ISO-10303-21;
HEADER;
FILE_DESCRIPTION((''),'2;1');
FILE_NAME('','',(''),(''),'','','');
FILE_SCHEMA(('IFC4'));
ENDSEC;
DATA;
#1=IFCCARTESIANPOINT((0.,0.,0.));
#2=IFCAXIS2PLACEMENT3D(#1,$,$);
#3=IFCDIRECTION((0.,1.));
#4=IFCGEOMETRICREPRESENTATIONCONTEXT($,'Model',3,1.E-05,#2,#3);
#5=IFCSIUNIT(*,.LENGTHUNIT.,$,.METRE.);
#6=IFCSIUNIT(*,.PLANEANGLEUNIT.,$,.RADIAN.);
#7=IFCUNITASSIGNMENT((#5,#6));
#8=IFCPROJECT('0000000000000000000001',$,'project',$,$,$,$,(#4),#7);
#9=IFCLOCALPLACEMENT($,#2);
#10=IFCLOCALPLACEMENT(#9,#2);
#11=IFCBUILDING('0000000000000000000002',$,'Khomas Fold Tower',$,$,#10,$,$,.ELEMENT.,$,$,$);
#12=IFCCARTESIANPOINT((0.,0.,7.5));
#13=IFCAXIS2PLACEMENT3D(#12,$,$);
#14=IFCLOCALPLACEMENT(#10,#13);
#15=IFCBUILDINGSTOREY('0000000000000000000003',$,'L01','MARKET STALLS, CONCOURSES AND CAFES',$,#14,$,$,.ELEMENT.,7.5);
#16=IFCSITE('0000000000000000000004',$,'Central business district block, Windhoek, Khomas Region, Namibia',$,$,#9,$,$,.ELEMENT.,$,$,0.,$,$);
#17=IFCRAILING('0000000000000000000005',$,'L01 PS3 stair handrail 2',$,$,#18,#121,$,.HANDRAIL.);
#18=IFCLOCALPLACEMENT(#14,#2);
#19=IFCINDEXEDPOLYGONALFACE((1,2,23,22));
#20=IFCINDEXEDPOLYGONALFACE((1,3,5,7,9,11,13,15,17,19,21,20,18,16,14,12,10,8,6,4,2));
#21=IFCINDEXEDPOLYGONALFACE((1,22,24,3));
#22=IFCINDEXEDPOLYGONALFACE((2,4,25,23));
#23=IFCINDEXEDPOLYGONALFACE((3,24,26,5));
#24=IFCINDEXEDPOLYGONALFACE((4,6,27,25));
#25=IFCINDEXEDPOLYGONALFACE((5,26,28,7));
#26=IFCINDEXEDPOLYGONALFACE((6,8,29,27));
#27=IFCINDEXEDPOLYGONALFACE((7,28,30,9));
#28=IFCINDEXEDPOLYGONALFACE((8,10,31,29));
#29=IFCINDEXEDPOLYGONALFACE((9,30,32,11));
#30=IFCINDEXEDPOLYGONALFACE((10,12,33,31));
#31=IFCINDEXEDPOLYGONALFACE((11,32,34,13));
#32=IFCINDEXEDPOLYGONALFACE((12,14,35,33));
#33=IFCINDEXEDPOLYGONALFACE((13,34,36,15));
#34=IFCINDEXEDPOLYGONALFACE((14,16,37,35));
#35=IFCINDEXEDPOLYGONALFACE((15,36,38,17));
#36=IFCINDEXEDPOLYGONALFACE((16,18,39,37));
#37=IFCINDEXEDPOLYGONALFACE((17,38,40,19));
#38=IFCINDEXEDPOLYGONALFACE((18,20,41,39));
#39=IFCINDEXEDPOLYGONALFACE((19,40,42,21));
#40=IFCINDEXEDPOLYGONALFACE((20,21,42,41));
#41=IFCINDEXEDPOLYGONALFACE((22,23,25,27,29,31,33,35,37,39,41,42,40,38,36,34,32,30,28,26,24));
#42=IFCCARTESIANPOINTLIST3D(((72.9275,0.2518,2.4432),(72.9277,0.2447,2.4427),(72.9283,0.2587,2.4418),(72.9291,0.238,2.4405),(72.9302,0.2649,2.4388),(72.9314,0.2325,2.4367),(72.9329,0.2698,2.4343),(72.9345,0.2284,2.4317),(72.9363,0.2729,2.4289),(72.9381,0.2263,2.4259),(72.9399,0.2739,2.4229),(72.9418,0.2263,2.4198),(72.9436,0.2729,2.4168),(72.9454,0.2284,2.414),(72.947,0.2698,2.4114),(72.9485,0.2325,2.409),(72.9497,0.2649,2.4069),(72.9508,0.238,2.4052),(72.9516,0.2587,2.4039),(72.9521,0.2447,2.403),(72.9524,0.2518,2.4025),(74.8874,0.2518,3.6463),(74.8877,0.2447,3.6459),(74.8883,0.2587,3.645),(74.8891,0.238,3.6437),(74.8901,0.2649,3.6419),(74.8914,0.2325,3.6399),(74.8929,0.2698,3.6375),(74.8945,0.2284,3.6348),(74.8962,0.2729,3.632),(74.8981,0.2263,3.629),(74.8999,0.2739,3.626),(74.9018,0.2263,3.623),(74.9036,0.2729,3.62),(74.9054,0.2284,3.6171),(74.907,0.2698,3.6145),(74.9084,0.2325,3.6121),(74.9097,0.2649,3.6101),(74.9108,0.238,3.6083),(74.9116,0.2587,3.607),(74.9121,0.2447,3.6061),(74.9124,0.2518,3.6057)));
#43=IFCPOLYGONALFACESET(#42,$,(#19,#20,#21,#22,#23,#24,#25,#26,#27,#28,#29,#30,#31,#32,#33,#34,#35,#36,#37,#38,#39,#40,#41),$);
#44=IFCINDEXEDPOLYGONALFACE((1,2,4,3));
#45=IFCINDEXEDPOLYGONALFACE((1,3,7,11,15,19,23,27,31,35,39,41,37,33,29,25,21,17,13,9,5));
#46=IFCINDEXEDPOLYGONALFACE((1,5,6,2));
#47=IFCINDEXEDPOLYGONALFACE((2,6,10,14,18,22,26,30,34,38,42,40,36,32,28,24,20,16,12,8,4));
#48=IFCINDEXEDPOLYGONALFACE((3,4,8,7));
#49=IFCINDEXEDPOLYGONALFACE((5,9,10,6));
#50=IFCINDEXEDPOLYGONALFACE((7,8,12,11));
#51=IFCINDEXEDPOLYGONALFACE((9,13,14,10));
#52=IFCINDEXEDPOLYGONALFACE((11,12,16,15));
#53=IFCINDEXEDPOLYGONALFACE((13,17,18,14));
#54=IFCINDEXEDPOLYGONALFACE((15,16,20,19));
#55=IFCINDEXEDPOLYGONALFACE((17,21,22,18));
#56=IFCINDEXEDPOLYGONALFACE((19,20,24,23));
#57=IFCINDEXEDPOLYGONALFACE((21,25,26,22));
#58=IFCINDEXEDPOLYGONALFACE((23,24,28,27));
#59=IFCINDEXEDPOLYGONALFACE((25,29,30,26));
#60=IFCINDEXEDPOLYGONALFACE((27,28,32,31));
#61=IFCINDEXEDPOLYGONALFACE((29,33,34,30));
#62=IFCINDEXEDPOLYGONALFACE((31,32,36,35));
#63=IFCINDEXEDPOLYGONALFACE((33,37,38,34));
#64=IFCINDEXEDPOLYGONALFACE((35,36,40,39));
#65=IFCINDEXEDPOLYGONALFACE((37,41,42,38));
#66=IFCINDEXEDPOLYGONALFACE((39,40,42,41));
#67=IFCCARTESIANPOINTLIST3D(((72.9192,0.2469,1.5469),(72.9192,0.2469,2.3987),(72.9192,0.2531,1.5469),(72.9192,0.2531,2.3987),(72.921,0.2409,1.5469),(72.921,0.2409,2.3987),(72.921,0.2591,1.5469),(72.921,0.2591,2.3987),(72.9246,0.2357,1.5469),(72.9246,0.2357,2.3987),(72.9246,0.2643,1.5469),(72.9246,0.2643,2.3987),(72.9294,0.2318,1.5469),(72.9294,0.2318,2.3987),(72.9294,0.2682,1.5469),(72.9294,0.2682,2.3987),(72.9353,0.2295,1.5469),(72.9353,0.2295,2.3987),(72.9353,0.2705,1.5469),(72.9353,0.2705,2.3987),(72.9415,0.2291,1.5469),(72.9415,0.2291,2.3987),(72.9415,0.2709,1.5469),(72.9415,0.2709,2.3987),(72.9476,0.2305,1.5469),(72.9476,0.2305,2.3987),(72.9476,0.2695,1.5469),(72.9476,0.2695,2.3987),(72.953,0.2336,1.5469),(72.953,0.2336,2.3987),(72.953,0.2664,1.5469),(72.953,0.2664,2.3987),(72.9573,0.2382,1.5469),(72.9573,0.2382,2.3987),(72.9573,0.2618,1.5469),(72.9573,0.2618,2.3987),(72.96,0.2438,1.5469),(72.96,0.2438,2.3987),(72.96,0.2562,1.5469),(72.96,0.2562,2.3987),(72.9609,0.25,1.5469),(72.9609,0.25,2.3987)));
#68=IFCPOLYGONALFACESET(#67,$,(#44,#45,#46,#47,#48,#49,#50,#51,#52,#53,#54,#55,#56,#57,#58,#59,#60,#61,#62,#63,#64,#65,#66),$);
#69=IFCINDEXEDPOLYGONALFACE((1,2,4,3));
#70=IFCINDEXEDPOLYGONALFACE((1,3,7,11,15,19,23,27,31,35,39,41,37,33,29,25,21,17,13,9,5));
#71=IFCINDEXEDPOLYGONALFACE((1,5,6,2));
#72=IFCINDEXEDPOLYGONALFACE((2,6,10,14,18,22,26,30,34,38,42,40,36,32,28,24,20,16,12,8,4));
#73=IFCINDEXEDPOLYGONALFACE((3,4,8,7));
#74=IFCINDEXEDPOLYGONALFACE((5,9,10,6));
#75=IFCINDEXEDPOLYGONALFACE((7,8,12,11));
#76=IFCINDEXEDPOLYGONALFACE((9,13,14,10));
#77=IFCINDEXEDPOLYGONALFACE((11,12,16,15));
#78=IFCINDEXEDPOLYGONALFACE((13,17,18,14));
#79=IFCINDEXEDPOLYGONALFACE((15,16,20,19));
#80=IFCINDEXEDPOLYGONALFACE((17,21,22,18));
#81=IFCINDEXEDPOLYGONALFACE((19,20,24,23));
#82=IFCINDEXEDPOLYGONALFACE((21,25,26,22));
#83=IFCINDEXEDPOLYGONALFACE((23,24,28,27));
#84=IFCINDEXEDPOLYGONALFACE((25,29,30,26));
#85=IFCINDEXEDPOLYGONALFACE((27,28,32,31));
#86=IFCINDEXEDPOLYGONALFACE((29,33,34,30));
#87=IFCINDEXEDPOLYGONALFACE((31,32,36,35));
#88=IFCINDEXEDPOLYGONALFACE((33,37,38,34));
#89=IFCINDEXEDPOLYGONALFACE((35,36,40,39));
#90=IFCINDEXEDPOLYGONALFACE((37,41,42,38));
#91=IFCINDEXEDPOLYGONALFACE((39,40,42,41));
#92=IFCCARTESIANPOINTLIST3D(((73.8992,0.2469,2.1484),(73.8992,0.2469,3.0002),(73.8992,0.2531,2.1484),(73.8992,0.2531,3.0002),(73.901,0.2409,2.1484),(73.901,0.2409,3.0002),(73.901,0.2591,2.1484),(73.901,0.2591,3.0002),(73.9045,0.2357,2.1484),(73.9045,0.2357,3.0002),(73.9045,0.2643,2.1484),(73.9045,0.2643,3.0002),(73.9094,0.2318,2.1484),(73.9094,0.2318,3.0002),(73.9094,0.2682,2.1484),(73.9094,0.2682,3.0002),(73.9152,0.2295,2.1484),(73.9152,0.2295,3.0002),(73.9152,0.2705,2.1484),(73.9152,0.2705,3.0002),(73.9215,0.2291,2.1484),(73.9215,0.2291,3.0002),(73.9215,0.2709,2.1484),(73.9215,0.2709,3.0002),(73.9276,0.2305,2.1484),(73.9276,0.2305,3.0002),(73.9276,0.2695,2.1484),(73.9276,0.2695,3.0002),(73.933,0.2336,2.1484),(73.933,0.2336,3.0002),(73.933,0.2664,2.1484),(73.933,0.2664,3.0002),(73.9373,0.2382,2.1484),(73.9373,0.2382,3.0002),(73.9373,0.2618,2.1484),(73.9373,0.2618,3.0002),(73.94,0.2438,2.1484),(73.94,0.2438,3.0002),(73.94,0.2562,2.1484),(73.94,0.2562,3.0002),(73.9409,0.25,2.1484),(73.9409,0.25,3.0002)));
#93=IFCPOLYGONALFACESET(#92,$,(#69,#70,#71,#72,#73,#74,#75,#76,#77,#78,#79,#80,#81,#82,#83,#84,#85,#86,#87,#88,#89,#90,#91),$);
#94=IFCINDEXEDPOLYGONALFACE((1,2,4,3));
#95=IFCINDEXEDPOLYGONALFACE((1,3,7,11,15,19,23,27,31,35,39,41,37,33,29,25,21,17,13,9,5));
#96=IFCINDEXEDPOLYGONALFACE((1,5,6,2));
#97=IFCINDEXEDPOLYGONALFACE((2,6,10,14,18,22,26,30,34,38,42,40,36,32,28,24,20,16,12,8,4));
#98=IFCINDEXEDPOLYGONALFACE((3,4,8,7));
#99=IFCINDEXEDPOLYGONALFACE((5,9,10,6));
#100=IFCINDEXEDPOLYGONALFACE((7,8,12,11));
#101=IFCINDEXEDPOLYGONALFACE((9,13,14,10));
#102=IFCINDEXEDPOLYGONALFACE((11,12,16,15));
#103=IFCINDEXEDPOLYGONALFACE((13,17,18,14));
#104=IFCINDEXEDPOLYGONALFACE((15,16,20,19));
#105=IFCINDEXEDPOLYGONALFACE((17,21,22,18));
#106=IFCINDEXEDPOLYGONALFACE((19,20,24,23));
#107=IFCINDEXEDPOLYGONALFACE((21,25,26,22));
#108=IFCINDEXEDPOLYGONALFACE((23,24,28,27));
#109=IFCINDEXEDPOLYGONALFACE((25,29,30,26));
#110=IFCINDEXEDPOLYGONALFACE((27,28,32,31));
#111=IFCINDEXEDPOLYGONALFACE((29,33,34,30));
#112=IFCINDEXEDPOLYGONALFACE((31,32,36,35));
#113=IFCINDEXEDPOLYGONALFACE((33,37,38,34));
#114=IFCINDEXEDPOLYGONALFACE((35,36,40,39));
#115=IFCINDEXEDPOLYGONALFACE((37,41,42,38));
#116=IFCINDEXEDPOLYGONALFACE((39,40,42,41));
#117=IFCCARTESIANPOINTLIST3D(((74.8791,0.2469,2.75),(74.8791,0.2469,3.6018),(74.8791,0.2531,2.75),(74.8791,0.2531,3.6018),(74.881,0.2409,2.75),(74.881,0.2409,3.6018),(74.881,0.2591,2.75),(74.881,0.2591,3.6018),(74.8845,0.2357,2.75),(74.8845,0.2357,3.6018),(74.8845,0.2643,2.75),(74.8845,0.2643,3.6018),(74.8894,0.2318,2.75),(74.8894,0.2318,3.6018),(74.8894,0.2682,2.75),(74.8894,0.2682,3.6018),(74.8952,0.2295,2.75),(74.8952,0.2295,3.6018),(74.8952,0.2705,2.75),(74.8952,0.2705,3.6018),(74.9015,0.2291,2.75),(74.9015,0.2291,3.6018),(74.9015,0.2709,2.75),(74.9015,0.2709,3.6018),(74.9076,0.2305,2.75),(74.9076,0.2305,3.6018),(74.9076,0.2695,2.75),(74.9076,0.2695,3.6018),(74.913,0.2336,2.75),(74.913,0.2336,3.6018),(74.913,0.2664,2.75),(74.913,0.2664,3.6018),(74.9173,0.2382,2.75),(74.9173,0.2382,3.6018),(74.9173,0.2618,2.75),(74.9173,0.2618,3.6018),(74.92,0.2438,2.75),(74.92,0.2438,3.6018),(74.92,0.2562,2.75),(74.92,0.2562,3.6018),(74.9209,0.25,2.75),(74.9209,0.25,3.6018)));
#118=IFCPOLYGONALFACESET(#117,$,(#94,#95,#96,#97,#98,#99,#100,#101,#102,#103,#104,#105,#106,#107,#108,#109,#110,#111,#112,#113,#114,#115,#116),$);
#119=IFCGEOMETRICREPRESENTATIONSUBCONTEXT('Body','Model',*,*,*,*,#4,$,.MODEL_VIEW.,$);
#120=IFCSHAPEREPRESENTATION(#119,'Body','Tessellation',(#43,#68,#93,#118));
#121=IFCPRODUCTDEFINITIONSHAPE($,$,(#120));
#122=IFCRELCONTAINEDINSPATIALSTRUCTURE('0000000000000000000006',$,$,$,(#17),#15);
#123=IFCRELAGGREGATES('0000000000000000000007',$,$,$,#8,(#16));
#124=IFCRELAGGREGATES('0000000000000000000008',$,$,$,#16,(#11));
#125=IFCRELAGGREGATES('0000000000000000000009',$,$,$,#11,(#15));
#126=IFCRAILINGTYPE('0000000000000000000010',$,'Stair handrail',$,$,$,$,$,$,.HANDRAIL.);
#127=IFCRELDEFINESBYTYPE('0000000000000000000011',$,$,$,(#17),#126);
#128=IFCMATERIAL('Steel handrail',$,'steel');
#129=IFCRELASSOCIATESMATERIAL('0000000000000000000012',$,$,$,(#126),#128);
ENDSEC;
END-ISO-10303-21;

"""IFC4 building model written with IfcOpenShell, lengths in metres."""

from ifc_helpers import new_model, si_unit, direction, frame, origin, origin_2d, place, context, subcontext, project, spatial, circle, extrude, source, transform, mapped, material, type_object, element, save


model = new_model("IFC4")

# Units and contexts
model_context = context("Model", 3, precision=1e-05, world=origin(), true_north=direction((0.0, 1.0)))
body_context = subcontext(model_context, "Body", "Model", "MODEL_VIEW")
ifc_project = project(units=[si_unit("LENGTHUNIT", "METRE"), si_unit("PLANEANGLEUNIT", "RADIAN")], contexts=[model_context])

# Site, building, storey
site_placement = place(None, origin())
site = spatial("IfcSite", under=ifc_project, at=site_placement, Name="Central business district block, Windhoek, Khomas Region, Namibia", CompositionType="ELEMENT", RefElevation=0.0)
building_placement = place(site_placement, origin())
building = spatial("IfcBuilding", under=site, at=building_placement, Name="Khomas Fold Tower", CompositionType="ELEMENT")
storey_placement = place(building_placement, frame((0.0, 0.0, 7.5)))
storey = spatial("IfcBuildingStorey", under=building, at=storey_placement, Name="L01", Description="MARKET STALLS, CONCOURSES AND CAFES", CompositionType="ELEMENT", Elevation=7.5)

# Railing
ifc_material_1 = material(Name="Steel handrail", Category="steel")
railing_type_1 = type_object("IfcRailingType", Name="Stair handrail", PredefinedType="HANDRAIL", material=ifc_material_1)
shared_shape_1 = source(origin(), body_context, "Body", "SweptSolid", [
    extrude(circle(Radius=0.0239, at=origin_2d()), frame((0.0, 0.0, 0.876), z_axis=(0.852241, 0.0, 0.523149), x_axis=(0.0, 1.0, 0.0)), (0.0, 0.0, 1.0), 2.2998),
    extrude(circle(Radius=0.021, at=origin_2d()), origin(), (0.0, 0.0, 1.0), 0.8518),
    extrude(circle(Radius=0.021, at=origin_2d()), frame((0.98, 0.0, 0.6016)), (0.0, 0.0, 1.0), 0.8518),
    extrude(circle(Radius=0.021, at=origin_2d()), frame((1.96, 0.0, 1.2031)), (0.0, 0.0, 1.0), 0.8518),
])
for number, where, name in (
    (1, (72.9399, 0.25, 1.5469), "L01 PS3 stair handrail 2"),
):
    element("IfcRailing", number, at=place(storey_placement, frame(where)), inside=storey, type_object=railing_type_1, Name=name, PredefinedType="HANDRAIL", context=body_context, shape_type="MappedRepresentation", body=[
        mapped(shared_shape_1, transform((0.0, 0.0, 0.0))),
    ])

save(model, "model.ifc")
